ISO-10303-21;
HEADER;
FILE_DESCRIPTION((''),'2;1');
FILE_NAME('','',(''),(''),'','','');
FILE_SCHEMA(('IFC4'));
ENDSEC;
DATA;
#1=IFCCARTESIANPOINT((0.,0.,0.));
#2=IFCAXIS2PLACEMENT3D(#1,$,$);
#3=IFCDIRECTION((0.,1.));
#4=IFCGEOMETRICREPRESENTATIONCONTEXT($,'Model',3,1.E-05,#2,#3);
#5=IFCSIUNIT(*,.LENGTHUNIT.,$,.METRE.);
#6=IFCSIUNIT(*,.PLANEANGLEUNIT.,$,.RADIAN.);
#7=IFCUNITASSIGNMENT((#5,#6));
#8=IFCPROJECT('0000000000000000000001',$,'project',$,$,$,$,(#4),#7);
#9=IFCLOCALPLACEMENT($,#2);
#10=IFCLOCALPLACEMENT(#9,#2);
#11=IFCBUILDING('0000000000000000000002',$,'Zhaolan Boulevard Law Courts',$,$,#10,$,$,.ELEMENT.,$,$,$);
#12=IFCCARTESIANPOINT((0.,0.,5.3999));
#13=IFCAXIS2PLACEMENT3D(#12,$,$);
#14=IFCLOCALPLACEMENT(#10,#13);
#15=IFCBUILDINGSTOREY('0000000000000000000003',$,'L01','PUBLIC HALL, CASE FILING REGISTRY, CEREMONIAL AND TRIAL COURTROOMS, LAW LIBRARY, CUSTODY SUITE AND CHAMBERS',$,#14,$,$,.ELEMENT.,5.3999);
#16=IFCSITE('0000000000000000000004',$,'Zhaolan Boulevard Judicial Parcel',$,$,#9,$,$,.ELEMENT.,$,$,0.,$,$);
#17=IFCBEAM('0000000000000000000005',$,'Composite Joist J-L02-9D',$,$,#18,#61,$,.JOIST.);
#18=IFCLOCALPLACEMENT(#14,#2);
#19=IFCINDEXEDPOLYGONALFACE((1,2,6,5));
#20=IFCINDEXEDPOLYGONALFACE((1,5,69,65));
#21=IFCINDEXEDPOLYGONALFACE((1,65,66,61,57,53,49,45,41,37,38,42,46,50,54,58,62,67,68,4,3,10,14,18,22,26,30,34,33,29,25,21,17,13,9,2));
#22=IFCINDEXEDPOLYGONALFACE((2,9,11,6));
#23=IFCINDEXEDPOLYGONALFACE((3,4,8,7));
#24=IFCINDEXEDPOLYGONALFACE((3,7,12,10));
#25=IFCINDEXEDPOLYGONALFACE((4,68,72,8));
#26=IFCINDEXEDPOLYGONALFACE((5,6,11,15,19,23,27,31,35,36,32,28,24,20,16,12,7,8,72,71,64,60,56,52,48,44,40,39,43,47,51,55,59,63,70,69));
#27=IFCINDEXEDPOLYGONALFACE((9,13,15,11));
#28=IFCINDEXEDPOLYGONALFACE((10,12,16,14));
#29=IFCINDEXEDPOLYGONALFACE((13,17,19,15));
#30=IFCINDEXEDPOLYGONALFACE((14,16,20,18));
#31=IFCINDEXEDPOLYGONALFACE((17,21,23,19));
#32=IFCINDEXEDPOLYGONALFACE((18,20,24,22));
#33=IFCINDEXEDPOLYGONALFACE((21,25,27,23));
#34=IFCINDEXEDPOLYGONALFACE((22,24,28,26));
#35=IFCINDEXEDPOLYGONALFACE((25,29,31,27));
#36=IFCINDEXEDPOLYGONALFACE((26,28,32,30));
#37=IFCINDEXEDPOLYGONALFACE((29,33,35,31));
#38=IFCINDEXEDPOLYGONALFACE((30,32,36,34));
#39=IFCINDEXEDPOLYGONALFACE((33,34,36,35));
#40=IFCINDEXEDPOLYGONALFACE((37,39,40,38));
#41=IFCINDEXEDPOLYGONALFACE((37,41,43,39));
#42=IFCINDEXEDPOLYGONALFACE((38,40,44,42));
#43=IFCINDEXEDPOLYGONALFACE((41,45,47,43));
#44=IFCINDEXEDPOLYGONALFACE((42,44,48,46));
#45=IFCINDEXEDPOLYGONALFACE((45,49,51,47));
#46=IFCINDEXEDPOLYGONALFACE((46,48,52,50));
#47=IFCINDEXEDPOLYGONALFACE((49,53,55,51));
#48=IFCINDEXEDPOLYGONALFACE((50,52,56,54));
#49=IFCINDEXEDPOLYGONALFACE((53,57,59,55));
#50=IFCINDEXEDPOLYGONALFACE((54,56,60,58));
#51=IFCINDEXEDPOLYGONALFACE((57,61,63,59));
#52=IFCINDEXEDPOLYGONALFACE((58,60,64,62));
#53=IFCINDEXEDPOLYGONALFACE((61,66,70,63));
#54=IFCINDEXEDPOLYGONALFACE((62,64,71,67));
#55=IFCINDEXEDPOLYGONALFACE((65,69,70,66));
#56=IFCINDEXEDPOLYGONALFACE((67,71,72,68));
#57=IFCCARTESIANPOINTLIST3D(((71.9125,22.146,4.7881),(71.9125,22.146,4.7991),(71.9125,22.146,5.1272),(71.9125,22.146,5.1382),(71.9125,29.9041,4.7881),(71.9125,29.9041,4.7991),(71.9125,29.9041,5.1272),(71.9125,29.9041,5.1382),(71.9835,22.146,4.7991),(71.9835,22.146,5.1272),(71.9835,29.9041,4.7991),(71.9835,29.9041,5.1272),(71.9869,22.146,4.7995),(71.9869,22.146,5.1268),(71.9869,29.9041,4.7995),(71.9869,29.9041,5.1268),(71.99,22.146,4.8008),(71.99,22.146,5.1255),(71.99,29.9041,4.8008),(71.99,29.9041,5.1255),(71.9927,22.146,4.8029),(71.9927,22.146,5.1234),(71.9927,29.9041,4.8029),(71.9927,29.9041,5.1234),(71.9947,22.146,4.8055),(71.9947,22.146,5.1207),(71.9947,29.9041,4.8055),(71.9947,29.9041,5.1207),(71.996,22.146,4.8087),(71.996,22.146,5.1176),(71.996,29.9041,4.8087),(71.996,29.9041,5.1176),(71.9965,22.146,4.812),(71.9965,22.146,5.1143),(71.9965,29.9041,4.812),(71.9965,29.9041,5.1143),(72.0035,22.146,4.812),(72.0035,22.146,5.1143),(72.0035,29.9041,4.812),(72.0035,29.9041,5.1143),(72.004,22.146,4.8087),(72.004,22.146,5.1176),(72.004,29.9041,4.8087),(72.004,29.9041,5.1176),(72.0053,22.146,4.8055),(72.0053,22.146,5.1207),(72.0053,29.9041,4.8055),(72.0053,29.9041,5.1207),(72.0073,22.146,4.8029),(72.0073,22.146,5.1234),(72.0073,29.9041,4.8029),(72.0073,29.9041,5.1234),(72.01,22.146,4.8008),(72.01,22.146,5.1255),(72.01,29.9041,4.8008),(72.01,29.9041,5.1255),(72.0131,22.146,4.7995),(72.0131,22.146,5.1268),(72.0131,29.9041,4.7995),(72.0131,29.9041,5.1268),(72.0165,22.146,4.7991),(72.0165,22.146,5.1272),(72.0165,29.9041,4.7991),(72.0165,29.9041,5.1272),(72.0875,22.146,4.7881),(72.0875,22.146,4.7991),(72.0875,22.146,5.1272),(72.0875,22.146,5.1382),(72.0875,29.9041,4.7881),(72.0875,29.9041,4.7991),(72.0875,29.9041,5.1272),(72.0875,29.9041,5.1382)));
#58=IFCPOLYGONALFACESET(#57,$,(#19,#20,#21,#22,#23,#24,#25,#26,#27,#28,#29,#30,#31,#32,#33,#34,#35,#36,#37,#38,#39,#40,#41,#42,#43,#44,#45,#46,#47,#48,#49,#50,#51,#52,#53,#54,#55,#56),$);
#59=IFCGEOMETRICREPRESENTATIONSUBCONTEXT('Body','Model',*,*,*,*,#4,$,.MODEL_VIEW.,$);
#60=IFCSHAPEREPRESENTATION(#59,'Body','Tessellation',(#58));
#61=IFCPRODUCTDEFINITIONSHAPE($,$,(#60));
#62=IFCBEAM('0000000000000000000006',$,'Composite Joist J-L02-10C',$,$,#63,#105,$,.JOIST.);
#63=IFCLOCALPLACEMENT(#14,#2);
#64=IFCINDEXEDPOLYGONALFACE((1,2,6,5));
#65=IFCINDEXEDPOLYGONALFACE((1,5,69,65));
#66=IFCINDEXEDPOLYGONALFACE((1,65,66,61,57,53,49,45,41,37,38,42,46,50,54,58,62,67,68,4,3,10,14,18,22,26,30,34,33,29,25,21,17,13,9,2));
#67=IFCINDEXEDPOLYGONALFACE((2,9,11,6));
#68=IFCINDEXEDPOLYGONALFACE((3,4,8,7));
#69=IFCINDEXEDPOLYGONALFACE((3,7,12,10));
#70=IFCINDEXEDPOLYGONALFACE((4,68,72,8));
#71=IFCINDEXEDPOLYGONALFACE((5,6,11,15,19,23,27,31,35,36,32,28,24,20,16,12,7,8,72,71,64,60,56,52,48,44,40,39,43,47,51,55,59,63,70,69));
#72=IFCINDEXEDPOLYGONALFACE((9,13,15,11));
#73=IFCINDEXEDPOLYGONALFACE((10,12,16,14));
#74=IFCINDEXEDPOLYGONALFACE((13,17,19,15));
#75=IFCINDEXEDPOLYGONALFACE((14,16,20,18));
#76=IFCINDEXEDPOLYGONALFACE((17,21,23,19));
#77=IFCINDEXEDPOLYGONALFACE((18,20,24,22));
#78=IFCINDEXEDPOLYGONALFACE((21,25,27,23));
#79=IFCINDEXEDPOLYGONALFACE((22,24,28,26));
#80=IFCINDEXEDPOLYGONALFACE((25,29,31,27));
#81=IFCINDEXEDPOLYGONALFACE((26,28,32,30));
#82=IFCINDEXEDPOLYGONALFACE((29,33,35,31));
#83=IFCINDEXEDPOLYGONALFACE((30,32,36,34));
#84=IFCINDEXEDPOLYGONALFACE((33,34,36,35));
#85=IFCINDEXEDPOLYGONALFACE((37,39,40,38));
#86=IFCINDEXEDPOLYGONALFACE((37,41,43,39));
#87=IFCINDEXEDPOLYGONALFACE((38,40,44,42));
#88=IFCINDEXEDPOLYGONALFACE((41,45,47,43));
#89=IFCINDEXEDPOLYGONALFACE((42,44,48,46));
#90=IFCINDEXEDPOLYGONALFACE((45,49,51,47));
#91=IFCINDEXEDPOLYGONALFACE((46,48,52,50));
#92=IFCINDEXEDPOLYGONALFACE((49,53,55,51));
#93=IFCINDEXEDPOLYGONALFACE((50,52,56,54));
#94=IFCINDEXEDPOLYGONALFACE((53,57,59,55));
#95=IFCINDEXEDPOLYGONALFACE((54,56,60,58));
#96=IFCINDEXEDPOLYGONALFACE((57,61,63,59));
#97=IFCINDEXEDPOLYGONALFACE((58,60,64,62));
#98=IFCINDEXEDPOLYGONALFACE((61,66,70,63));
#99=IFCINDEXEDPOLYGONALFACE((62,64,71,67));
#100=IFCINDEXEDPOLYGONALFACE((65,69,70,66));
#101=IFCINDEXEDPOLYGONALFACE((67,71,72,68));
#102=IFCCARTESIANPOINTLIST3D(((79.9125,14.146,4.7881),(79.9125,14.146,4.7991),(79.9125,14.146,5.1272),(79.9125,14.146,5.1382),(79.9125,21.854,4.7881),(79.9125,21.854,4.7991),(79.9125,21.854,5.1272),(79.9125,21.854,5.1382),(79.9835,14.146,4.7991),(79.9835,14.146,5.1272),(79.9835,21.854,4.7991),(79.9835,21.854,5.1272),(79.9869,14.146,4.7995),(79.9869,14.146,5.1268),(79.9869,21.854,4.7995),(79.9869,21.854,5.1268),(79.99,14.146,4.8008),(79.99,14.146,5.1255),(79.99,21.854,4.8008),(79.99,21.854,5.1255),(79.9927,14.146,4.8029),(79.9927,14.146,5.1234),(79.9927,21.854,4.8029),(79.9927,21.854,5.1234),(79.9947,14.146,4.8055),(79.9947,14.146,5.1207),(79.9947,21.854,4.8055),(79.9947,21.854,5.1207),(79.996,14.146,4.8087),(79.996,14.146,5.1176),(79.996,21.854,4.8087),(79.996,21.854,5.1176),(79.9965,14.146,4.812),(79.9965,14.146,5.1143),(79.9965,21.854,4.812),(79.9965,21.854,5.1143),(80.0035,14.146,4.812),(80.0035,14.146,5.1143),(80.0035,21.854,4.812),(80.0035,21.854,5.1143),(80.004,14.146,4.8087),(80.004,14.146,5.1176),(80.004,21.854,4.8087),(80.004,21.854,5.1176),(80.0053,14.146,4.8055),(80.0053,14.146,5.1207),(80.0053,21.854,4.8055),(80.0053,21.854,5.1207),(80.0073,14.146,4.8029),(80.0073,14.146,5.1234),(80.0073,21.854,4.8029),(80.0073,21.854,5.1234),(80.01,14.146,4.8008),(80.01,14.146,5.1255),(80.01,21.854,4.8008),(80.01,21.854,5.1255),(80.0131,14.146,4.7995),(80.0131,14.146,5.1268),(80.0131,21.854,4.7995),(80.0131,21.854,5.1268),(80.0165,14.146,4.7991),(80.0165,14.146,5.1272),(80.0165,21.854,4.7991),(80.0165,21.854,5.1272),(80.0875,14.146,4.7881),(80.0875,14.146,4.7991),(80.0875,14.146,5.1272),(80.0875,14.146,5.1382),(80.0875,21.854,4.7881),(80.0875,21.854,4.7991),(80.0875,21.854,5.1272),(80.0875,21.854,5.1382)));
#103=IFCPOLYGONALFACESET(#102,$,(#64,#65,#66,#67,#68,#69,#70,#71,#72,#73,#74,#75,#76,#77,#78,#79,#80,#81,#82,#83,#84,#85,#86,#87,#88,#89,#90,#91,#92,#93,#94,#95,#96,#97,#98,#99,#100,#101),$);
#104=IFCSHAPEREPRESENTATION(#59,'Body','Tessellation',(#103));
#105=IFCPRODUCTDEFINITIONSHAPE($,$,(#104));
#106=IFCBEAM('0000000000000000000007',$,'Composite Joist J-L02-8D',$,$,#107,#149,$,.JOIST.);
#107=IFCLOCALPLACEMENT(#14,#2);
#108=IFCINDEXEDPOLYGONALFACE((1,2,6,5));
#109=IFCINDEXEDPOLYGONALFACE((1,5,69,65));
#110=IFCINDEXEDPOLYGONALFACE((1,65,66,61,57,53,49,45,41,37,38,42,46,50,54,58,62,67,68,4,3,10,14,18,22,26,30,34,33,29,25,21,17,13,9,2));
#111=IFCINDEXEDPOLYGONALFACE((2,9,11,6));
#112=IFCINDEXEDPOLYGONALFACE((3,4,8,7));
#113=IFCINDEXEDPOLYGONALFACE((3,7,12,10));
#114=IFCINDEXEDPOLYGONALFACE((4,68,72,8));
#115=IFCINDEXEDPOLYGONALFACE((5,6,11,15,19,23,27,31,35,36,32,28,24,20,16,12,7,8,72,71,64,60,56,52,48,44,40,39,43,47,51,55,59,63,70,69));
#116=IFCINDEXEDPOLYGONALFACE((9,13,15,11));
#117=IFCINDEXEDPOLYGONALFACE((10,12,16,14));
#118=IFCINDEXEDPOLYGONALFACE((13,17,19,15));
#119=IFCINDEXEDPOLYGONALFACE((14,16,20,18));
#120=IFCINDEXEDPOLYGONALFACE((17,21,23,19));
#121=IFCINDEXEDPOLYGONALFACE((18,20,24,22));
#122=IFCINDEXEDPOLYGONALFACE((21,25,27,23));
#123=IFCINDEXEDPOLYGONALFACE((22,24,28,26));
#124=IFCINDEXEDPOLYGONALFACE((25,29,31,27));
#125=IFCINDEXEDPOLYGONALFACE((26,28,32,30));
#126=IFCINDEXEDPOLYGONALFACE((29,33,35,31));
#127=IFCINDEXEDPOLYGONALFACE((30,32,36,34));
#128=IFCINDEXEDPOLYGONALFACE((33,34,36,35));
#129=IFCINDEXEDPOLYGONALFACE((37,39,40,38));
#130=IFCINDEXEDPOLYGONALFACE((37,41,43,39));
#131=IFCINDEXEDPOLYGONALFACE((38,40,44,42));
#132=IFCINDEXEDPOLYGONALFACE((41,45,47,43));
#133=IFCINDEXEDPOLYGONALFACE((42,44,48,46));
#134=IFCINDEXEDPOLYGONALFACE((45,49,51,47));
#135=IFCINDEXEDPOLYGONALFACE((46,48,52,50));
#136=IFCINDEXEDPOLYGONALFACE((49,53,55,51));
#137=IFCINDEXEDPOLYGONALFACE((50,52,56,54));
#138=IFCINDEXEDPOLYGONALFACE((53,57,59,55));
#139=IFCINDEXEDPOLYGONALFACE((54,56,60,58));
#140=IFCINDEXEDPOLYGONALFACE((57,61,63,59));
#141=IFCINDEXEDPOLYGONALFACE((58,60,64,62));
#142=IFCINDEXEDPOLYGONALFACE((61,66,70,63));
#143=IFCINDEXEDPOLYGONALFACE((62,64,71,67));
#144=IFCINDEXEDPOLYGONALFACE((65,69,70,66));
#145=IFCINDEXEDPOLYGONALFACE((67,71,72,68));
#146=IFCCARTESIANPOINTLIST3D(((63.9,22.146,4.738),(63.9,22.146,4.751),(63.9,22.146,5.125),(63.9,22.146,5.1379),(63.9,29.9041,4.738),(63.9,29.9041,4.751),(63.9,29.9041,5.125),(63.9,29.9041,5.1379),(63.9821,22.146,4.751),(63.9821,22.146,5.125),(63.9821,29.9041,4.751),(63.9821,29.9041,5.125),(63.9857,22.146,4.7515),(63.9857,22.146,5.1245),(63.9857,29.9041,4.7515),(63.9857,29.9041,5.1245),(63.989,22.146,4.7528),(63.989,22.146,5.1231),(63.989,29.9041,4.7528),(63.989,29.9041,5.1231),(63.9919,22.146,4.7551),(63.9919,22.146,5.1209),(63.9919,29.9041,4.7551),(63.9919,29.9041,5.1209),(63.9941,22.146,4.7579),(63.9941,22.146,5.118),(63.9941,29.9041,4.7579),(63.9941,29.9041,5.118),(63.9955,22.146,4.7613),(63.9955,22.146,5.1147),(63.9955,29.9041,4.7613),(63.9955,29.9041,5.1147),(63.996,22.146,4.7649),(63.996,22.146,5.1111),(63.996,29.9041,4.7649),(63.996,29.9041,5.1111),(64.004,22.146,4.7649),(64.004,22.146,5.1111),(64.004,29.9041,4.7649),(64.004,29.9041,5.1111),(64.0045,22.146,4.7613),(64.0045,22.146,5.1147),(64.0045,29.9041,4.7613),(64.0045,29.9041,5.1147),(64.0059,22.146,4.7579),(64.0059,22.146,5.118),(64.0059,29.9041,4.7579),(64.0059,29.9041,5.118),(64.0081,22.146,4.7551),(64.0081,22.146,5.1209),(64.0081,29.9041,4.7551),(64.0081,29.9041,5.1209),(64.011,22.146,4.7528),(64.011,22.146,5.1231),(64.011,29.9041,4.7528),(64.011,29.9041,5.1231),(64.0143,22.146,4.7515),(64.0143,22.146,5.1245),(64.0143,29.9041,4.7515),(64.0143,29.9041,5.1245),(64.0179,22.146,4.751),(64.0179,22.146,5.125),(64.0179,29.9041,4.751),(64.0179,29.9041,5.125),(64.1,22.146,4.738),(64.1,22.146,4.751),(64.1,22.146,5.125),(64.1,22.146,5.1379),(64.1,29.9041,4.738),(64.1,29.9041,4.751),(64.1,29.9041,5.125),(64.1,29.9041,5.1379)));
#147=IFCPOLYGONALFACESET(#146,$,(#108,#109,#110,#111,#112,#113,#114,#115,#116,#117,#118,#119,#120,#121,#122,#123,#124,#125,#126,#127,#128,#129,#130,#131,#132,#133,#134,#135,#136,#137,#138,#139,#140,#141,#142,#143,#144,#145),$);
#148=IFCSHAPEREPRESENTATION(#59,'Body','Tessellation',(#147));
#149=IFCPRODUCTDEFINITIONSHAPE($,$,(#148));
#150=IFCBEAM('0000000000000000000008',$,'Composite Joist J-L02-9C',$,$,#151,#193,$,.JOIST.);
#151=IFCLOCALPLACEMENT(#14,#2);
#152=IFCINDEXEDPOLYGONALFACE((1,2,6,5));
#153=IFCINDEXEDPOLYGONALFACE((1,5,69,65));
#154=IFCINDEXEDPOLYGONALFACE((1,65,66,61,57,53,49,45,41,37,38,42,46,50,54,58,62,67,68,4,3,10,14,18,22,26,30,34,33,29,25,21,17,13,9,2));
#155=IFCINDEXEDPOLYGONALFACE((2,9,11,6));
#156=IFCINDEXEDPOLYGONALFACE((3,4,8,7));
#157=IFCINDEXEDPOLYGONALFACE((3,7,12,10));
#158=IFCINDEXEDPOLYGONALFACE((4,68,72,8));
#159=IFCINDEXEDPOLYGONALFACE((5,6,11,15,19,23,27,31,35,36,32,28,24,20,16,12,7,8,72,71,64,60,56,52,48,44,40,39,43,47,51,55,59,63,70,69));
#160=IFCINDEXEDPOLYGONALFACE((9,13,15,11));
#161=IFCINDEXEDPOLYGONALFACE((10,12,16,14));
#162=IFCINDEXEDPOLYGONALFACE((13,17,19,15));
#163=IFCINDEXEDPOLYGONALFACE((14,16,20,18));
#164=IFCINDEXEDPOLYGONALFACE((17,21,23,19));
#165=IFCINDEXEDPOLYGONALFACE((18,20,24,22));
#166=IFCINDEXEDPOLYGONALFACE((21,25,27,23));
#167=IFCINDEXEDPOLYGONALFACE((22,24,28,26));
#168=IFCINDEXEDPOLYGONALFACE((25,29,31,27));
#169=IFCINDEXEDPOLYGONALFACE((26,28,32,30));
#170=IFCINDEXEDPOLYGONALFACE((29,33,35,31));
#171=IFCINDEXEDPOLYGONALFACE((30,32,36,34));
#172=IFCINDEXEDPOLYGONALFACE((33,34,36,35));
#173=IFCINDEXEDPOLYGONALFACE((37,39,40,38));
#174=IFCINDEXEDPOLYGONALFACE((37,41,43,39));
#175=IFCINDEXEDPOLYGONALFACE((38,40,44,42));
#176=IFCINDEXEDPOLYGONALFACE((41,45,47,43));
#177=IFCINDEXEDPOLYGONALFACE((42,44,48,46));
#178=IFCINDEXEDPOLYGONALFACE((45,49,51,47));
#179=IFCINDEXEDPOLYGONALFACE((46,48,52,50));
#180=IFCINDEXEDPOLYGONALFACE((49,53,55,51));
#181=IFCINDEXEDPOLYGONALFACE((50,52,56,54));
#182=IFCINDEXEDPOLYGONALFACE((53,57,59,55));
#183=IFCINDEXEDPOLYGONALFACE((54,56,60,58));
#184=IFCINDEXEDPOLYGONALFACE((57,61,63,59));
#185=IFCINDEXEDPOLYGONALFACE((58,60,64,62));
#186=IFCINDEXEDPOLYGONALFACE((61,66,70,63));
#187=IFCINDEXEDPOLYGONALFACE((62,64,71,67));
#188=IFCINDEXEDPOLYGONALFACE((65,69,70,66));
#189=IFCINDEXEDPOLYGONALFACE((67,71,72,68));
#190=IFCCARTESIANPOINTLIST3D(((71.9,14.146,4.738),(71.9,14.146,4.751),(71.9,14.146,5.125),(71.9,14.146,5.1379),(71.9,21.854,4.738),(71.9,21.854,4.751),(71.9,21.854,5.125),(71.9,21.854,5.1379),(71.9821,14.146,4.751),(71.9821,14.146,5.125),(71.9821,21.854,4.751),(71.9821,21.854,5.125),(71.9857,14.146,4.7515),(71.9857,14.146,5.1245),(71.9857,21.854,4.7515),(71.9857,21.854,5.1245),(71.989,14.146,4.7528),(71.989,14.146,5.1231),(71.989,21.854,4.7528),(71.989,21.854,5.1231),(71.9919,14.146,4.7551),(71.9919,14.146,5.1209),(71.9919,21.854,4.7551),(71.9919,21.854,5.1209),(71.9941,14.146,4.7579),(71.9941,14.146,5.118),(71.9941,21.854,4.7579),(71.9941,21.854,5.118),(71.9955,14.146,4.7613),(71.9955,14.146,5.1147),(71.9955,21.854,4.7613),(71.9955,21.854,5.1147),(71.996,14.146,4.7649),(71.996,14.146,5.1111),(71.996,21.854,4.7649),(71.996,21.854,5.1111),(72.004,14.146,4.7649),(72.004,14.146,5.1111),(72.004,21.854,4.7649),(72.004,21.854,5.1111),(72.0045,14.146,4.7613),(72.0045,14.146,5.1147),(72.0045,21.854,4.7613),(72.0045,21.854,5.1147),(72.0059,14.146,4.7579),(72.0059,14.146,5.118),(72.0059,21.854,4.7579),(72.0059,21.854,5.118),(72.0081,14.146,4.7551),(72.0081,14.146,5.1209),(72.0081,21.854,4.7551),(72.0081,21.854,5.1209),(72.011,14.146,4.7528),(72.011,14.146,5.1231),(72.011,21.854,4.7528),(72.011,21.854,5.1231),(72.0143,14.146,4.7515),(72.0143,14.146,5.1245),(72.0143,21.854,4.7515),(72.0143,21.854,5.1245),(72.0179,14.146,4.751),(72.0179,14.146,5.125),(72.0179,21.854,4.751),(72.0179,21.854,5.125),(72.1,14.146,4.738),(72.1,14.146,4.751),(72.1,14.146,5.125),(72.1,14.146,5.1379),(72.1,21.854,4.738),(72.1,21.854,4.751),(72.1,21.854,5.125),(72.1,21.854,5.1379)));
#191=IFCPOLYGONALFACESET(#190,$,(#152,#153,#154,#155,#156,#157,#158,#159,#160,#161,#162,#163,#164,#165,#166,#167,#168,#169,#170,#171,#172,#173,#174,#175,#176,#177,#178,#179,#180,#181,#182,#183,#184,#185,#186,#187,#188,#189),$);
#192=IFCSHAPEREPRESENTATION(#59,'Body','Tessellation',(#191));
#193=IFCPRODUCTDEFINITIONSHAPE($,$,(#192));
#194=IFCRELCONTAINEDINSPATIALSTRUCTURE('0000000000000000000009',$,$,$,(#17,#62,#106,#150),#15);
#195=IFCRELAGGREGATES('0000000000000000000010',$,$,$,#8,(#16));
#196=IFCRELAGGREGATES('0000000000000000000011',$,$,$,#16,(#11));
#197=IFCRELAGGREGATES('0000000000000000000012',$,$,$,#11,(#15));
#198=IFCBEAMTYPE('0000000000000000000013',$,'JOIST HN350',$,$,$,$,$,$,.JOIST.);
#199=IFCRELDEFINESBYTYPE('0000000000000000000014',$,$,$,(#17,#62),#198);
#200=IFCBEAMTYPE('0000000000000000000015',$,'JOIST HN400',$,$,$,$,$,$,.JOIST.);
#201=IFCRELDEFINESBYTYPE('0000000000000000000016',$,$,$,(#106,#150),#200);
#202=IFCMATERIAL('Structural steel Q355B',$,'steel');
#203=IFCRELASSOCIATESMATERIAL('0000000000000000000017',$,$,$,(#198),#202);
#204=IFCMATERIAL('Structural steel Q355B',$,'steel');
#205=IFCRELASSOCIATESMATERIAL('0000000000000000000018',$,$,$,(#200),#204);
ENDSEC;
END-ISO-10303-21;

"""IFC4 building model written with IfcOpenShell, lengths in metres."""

from ifc_helpers import new_model, si_unit, direction, frame, origin, origin_2d, place, context, subcontext, project, spatial, i_section, extrude, material, material_profile, profile_set, type_object, element, save


model = new_model("IFC4")

# Units and contexts
model_context = context("Model", 3, precision=1e-05, world=origin(), true_north=direction((0.0, 1.0)))
body_context = subcontext(model_context, "Body", "Model", "MODEL_VIEW")
ifc_project = project(units=[si_unit("LENGTHUNIT", "METRE"), si_unit("PLANEANGLEUNIT", "RADIAN")], contexts=[model_context])

# Site, building, storey
site_placement = place(None, origin())
site = spatial("IfcSite", under=ifc_project, at=site_placement, Name="Zhaolan Boulevard Judicial Parcel", CompositionType="ELEMENT", RefElevation=0.0)
building_placement = place(site_placement, origin())
building = spatial("IfcBuilding", under=site, at=building_placement, Name="Zhaolan Boulevard Law Courts", CompositionType="ELEMENT")
storey_placement = place(building_placement, frame((0.0, 0.0, 5.3999)))
storey = spatial("IfcBuildingStorey", under=building, at=storey_placement, Name="L01", Description="PUBLIC HALL, CASE FILING REGISTRY, CEREMONIAL AND TRIAL COURTROOMS, LAW LIBRARY, CUSTODY SUITE AND CHAMBERS", CompositionType="ELEMENT", Elevation=5.3999)

# Beams
ifc_material_1 = material(Name="Structural steel Q355B", Category="steel")
ifc_material_profile_1 = material_profile(ifc_material_1, i_section(OverallWidth=0.175, OverallDepth=0.3501, WebThickness=0.0071, FlangeThickness=0.011, FilletRadius=0.0129, at=origin_2d()), Name="HN350x175")
ifc_profile_set_1 = profile_set([ifc_material_profile_1], Name="Structural steel Q355B")
beam_type_1 = type_object("IfcBeamType", Name="JOIST HN350", PredefinedType="JOIST", material=ifc_profile_set_1)
beam_1_placement = place(storey_placement, frame((72.0, 22.146, 4.9631), z_axis=(0.0, 1.0, 0.0), x_axis=(-1.0, 0.0, 0.0)))
element("IfcBeam", 1, at=beam_1_placement, inside=storey, type_object=beam_type_1, Name="Composite Joist J-L02-9D", PredefinedType="JOIST", context=body_context, shape_type="SweptSolid", body=[
    extrude(i_section(OverallWidth=0.175, OverallDepth=0.3501, WebThickness=0.0071, FlangeThickness=0.011, FilletRadius=0.0129, at=origin_2d()), origin(), (0.0, 0.0, 1.0), 7.7581),
])
beam_2_placement = place(storey_placement, frame((80.0, 14.146, 4.9631), z_axis=(0.0, 1.0, 0.0), x_axis=(-1.0, 0.0, 0.0)))
element("IfcBeam", 2, at=beam_2_placement, inside=storey, type_object=beam_type_1, Name="Composite Joist J-L02-10C", PredefinedType="JOIST", context=body_context, shape_type="SweptSolid", body=[
    extrude(i_section(OverallWidth=0.175, OverallDepth=0.3501, WebThickness=0.0071, FlangeThickness=0.011, FilletRadius=0.0129, at=origin_2d()), origin(), (0.0, 0.0, 1.0), 7.708),
])
ifc_material_2 = material(Name="Structural steel Q355B", Category="steel")
ifc_material_profile_2 = material_profile(ifc_material_2, i_section(OverallWidth=0.2, OverallDepth=0.3999, WebThickness=0.0081, FlangeThickness=0.0129, FilletRadius=0.0139, at=origin_2d()), Name="HN400x200")
ifc_profile_set_2 = profile_set([ifc_material_profile_2], Name="Structural steel Q355B")
beam_type_2 = type_object("IfcBeamType", Name="JOIST HN400", PredefinedType="JOIST", material=ifc_profile_set_2)
beam_3_placement = place(storey_placement, frame((64.0, 22.146, 4.938), z_axis=(0.0, 1.0, 0.0), x_axis=(-1.0, 0.0, 0.0)))
element("IfcBeam", 3, at=beam_3_placement, inside=storey, type_object=beam_type_2, Name="Composite Joist J-L02-8D", PredefinedType="JOIST", context=body_context, shape_type="SweptSolid", body=[
    extrude(i_section(OverallWidth=0.2, OverallDepth=0.3999, WebThickness=0.0081, FlangeThickness=0.0129, FilletRadius=0.0139, at=origin_2d()), origin(), (0.0, 0.0, 1.0), 7.7581),
])
beam_4_placement = place(storey_placement, frame((72.0, 14.146, 4.938), z_axis=(0.0, 1.0, 0.0), x_axis=(-1.0, 0.0, 0.0)))
element("IfcBeam", 4, at=beam_4_placement, inside=storey, type_object=beam_type_2, Name="Composite Joist J-L02-9C", PredefinedType="JOIST", context=body_context, shape_type="SweptSolid", body=[
    extrude(i_section(OverallWidth=0.2, OverallDepth=0.3999, WebThickness=0.0081, FlangeThickness=0.0129, FilletRadius=0.0139, at=origin_2d()), origin(), (0.0, 0.0, 1.0), 7.708),
])

save(model, "model.ifc")
